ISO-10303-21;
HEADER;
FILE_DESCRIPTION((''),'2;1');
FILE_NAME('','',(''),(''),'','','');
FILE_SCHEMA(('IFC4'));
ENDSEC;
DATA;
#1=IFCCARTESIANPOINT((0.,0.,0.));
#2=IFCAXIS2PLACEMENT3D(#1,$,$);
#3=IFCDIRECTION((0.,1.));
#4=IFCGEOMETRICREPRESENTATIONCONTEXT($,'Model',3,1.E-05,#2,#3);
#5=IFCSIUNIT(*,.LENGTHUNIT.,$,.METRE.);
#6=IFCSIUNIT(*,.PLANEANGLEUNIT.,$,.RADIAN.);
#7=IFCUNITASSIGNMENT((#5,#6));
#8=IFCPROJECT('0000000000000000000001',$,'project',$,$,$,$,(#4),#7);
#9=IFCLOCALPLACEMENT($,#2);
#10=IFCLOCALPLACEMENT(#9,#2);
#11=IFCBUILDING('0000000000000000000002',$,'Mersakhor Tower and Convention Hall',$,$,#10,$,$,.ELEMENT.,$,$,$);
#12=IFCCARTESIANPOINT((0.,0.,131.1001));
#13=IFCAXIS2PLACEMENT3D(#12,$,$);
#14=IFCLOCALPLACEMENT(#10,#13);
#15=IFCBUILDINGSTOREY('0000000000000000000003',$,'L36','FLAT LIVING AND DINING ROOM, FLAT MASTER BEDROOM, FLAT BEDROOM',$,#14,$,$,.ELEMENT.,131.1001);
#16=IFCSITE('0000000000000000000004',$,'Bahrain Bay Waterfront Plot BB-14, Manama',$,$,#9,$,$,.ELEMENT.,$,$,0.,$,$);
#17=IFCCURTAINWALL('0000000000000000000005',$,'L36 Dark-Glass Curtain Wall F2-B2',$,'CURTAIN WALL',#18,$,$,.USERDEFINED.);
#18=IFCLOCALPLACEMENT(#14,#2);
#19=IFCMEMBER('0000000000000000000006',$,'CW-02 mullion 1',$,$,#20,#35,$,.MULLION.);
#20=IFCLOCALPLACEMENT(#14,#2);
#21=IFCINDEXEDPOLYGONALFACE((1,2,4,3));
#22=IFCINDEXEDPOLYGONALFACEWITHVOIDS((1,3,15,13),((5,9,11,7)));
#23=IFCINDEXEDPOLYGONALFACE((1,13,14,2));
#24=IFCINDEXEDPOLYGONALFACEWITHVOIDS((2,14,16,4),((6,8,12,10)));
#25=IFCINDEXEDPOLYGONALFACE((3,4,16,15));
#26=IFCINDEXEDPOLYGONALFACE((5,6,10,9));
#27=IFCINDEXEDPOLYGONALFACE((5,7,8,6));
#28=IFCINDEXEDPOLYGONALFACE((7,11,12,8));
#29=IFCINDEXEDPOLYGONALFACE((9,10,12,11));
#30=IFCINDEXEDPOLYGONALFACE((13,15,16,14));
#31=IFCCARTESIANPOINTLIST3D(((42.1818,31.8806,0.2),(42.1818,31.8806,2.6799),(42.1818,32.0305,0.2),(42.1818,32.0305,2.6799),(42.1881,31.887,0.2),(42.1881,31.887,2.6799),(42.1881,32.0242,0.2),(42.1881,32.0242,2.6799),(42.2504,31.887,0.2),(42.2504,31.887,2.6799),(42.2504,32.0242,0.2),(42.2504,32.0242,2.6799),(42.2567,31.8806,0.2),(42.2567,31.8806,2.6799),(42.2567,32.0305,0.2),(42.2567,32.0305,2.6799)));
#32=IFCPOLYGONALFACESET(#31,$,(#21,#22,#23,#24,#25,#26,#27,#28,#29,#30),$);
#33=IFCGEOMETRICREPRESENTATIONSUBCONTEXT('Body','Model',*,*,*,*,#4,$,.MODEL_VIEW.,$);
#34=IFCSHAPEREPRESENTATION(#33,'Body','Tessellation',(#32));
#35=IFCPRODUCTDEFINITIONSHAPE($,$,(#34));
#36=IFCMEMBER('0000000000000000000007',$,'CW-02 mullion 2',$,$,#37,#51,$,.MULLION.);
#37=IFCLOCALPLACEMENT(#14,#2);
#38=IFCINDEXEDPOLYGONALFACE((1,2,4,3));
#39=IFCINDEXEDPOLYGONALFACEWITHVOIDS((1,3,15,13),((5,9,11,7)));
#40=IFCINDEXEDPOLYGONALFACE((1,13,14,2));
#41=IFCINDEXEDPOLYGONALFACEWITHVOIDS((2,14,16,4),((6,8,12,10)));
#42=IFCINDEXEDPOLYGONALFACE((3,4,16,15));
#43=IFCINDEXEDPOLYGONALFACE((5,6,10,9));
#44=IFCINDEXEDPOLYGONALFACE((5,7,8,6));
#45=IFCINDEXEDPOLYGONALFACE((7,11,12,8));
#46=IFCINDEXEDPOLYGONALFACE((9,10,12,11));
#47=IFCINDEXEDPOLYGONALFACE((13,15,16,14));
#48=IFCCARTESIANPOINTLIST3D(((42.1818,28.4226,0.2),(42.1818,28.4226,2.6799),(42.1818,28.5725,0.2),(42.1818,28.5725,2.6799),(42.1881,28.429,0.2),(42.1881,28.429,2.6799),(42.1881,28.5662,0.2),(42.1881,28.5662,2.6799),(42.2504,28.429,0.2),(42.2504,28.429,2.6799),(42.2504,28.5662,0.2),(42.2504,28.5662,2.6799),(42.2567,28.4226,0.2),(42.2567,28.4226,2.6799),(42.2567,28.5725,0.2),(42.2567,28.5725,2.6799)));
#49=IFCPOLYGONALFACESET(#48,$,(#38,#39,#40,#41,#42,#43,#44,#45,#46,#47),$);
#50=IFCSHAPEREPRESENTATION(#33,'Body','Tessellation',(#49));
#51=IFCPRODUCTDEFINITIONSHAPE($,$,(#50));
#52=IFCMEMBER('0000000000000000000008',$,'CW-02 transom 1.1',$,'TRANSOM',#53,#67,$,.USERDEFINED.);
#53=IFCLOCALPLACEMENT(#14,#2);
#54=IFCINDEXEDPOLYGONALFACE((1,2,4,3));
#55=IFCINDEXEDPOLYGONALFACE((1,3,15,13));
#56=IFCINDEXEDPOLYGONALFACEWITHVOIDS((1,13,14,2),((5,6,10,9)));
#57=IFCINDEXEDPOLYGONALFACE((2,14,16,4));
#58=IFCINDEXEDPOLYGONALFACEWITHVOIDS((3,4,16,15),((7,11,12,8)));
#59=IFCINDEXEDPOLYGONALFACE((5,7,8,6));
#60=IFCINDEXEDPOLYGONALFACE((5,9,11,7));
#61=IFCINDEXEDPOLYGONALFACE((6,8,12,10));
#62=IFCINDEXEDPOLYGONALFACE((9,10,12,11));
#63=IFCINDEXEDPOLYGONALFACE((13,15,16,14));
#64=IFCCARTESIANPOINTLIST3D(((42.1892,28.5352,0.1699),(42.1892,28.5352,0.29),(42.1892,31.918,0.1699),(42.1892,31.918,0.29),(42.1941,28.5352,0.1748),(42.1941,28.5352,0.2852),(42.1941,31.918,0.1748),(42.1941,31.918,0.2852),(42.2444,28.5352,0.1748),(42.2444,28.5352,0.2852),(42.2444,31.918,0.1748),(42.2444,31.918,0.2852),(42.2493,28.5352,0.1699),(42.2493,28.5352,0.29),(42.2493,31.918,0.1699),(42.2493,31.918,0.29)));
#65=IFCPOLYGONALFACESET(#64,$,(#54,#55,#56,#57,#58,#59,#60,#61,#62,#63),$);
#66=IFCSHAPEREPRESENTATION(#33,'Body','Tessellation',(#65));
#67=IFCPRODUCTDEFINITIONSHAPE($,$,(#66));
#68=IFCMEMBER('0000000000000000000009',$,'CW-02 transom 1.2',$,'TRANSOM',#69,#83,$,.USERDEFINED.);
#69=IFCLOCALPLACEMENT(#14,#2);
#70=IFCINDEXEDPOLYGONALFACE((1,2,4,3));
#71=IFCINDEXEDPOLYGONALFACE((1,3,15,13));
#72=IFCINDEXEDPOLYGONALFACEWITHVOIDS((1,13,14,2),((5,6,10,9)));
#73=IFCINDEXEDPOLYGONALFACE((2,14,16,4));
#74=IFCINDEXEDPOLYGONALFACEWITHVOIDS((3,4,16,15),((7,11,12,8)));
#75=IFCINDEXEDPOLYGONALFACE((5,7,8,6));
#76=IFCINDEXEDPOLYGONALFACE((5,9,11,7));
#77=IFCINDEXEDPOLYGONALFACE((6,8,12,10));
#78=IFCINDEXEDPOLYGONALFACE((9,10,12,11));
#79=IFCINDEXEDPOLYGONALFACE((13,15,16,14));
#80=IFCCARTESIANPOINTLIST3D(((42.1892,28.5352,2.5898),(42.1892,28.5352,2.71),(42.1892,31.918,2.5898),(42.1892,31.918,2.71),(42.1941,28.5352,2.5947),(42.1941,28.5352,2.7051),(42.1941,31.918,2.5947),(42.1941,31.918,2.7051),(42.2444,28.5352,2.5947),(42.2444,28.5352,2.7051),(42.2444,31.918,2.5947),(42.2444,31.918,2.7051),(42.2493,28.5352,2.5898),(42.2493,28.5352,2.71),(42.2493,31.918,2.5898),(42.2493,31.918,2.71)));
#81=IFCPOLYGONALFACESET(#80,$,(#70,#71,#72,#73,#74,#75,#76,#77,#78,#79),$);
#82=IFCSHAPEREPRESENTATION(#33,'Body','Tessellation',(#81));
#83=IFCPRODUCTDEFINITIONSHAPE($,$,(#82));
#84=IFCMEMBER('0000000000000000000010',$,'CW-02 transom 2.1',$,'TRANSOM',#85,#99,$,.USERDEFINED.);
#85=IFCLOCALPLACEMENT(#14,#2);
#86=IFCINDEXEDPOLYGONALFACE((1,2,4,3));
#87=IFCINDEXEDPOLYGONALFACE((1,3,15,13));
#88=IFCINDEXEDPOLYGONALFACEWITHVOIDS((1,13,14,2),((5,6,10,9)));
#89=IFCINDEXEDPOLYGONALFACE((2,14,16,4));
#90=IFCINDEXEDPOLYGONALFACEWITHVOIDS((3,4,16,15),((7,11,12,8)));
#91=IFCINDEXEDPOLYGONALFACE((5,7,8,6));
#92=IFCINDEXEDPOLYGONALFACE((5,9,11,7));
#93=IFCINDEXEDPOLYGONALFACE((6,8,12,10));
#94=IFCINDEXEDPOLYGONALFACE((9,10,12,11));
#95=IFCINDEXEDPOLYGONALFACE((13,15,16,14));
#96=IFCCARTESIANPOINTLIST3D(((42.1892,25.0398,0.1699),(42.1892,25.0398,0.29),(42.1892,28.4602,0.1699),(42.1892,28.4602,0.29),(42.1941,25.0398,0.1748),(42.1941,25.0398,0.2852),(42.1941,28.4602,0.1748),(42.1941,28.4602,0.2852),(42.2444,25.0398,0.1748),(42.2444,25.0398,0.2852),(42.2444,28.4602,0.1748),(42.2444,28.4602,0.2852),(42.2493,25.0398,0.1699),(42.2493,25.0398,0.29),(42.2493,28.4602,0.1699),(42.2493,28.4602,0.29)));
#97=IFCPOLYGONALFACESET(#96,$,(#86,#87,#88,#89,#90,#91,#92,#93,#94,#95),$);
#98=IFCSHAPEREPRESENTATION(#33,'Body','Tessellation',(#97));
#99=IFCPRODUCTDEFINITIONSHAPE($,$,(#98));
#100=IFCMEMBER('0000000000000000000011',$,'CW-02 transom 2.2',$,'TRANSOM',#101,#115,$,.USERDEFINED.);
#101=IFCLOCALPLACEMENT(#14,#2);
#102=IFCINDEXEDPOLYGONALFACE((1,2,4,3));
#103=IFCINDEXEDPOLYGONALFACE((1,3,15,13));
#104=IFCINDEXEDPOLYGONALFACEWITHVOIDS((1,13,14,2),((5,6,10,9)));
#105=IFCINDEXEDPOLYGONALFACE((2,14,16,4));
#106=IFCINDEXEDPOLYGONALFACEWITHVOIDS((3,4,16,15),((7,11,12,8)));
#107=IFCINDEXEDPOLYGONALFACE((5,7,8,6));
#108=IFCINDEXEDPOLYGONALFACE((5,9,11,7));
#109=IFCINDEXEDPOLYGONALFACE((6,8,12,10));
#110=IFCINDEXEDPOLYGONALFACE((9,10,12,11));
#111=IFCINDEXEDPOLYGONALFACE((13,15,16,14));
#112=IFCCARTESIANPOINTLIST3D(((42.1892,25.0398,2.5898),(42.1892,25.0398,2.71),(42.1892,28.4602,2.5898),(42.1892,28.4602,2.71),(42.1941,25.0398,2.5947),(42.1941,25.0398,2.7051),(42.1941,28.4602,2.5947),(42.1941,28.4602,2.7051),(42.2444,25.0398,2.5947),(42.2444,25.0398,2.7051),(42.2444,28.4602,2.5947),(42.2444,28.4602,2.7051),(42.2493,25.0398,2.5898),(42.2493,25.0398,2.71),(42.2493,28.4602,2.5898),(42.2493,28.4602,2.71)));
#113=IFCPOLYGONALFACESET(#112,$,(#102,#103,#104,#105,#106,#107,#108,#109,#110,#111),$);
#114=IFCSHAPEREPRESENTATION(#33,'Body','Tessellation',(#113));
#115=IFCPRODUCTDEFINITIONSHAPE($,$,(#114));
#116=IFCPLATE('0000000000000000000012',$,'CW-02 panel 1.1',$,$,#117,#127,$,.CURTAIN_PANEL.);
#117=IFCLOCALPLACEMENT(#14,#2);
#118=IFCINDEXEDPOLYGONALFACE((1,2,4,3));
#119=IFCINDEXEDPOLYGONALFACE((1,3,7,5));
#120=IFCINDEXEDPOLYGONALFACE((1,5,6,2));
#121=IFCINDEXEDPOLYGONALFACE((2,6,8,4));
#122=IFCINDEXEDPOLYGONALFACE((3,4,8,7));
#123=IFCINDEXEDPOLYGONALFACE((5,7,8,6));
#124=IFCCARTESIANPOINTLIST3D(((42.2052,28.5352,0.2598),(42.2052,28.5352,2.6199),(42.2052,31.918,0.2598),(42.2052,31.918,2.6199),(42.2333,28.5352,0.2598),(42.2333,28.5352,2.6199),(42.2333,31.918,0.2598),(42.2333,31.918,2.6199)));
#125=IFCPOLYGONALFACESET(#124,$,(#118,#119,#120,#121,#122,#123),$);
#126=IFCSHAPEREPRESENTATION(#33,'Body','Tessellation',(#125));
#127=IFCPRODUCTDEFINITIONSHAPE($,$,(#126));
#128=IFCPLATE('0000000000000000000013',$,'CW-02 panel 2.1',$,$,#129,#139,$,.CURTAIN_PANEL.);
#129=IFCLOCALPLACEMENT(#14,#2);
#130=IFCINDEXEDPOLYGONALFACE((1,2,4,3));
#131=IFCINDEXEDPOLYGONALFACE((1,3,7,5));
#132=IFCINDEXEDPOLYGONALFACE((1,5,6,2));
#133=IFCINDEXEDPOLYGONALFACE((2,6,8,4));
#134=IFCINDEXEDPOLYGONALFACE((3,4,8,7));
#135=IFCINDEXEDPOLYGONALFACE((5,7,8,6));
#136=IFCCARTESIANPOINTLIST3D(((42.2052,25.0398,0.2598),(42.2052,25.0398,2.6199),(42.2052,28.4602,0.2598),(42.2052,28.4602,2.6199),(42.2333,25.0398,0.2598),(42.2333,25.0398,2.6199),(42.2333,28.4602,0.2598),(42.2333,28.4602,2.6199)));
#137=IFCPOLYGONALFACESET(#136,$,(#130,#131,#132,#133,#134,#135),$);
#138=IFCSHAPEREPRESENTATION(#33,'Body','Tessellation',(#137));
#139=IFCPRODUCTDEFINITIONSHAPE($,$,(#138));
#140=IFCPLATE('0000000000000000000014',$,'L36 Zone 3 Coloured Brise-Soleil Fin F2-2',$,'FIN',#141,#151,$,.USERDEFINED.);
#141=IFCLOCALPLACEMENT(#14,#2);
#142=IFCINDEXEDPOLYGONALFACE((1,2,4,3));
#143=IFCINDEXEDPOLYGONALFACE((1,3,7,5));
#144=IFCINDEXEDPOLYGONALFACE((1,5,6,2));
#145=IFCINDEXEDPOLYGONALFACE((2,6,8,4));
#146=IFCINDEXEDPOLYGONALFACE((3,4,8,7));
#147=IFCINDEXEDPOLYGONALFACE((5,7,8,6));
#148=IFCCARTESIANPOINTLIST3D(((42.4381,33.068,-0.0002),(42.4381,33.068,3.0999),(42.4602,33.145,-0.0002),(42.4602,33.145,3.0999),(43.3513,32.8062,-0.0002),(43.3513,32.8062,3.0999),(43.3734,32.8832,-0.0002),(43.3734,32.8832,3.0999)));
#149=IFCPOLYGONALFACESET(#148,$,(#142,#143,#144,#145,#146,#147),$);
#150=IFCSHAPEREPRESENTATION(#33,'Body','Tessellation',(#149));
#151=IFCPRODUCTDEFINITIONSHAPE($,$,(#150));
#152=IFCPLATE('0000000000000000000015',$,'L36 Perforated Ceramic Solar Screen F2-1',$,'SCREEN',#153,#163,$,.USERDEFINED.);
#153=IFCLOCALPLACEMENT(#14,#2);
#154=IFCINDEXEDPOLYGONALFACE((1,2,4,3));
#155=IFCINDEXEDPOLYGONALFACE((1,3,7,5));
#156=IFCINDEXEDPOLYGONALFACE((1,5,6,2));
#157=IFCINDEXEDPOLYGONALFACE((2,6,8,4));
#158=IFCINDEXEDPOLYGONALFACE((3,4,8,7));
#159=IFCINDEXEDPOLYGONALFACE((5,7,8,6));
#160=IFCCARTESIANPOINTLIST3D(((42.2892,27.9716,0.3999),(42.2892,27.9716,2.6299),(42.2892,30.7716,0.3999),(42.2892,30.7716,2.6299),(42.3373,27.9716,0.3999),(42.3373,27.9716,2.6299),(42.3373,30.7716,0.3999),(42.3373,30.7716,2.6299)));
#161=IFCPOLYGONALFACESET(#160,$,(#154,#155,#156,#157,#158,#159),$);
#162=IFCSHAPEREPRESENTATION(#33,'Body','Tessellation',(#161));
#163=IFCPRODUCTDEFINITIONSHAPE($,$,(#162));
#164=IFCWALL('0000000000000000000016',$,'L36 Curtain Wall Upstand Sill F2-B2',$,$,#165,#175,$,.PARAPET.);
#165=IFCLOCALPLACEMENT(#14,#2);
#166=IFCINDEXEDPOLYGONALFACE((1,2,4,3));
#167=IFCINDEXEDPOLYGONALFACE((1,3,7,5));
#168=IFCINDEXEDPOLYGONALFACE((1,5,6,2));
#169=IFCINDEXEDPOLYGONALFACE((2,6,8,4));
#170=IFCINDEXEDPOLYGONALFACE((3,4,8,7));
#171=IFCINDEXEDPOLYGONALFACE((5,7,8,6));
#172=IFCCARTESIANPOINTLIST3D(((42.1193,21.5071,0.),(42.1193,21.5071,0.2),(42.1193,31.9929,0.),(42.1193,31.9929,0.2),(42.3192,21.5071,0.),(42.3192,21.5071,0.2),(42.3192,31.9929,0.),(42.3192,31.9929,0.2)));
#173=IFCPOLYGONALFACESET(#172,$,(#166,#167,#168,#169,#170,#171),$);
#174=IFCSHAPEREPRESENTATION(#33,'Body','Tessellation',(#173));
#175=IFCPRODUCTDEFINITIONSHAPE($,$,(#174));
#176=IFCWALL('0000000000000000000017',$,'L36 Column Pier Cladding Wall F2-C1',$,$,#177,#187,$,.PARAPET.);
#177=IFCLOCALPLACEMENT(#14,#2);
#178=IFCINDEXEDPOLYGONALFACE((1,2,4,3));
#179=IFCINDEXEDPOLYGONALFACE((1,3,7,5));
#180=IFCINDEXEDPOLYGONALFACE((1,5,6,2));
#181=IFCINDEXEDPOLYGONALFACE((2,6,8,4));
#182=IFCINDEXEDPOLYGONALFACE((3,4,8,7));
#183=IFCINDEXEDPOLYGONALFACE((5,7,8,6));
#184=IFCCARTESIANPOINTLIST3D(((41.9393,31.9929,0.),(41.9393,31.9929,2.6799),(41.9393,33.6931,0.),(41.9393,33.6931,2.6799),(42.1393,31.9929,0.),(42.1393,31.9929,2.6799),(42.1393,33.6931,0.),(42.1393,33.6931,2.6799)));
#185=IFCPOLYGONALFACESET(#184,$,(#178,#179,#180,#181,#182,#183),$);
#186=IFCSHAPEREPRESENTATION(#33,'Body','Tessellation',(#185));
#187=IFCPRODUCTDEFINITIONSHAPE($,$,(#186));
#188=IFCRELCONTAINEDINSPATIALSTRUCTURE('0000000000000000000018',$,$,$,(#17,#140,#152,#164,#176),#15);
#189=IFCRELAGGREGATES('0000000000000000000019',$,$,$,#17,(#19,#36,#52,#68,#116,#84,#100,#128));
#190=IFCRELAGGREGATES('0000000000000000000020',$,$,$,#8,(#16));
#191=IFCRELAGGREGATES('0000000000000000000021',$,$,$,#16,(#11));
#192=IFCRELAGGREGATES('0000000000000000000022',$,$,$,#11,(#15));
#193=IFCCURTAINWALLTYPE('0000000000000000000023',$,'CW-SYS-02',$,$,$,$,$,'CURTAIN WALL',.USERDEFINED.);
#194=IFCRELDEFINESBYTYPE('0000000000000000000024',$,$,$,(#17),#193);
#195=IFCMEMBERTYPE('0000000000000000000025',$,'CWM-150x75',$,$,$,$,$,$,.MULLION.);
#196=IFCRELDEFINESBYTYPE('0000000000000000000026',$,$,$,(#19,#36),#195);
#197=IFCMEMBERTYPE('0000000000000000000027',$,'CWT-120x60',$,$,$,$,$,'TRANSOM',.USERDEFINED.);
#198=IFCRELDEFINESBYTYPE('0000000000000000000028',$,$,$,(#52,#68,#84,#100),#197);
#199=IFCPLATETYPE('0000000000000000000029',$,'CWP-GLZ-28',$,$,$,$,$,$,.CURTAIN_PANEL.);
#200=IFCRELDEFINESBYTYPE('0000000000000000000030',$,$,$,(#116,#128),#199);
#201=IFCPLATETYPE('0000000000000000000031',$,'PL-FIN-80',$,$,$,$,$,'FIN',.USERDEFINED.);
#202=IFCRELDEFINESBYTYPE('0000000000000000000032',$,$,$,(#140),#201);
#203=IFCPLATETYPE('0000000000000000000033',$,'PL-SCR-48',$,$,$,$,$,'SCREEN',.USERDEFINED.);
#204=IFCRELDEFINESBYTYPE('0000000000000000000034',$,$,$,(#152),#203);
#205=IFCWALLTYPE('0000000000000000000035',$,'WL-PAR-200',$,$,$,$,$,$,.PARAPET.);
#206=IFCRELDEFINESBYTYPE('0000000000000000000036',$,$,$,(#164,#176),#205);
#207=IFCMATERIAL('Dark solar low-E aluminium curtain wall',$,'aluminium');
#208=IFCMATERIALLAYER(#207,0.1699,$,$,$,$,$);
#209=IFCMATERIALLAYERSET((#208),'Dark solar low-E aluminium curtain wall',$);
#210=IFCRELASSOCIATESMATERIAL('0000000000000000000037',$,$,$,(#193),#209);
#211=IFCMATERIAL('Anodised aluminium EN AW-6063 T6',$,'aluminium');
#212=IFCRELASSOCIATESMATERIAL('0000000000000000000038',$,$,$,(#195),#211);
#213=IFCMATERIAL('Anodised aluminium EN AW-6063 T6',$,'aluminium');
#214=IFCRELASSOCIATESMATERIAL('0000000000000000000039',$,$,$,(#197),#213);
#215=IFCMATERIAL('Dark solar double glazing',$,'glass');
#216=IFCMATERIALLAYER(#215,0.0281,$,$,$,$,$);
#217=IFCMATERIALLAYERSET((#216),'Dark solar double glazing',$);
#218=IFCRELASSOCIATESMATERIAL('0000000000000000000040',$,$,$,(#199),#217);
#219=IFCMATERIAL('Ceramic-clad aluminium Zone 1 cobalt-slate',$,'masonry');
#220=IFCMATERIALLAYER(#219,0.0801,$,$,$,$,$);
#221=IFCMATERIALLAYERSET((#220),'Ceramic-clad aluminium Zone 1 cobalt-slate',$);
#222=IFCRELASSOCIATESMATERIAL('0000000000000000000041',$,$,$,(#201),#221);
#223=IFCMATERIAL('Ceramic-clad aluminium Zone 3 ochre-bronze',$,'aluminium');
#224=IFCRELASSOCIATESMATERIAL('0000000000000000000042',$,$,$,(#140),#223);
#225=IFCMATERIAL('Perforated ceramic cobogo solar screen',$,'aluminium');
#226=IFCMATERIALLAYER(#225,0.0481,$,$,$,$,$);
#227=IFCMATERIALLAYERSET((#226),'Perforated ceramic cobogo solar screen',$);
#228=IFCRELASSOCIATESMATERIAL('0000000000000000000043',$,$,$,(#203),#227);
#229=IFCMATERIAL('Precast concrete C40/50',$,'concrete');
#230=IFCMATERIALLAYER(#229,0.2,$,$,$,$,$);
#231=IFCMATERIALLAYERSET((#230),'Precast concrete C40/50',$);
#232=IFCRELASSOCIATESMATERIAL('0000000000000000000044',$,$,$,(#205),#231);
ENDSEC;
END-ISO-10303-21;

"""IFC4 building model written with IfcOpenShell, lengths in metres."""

from ifc_helpers import new_model, si_unit, direction, frame, frame_2d, origin, origin_2d, place, context, subcontext, project, spatial, rectangle, hollow_rectangle, extrude, material, layer, layer_set, material_profile, profile_set, type_object, element, aggregate, save


model = new_model("IFC4")

# Units and contexts
model_context = context("Model", 3, precision=1e-05, world=origin(), true_north=direction((0.0, 1.0)))
body_context = subcontext(model_context, "Body", "Model", "MODEL_VIEW")
ifc_project = project(units=[si_unit("LENGTHUNIT", "METRE"), si_unit("PLANEANGLEUNIT", "RADIAN")], contexts=[model_context])

# Site, building, storey
site_placement = place(None, origin())
site = spatial("IfcSite", under=ifc_project, at=site_placement, Name="Bahrain Bay Waterfront Plot BB-14, Manama", CompositionType="ELEMENT", RefElevation=0.0)
building_placement = place(site_placement, origin())
building = spatial("IfcBuilding", under=site, at=building_placement, Name="Mersakhor Tower and Convention Hall", CompositionType="ELEMENT")
storey_placement = place(building_placement, frame((0.0, 0.0, 131.1001)))
storey = spatial("IfcBuildingStorey", under=building, at=storey_placement, Name="L36", Description="FLAT LIVING AND DINING ROOM, FLAT MASTER BEDROOM, FLAT BEDROOM", CompositionType="ELEMENT", Elevation=131.1001)

# Curtain wall, members, plates
ifc_material_1 = material(Name="Dark solar low-E aluminium curtain wall", Category="aluminium")
ifc_layer_1 = layer(ifc_material_1, 0.1699)
ifc_layer_set_1 = layer_set([ifc_layer_1], Name="Dark solar low-E aluminium curtain wall")
curtain_wall_type = type_object("IfcCurtainWallType", Name="CW-SYS-02", ElementType="CURTAIN WALL", PredefinedType="USERDEFINED", material=ifc_layer_set_1)
curtain_wall_placement = place(storey_placement, origin())
curtain_wall = element("IfcCurtainWall", 1, at=curtain_wall_placement, inside=storey, type_object=curtain_wall_type, Name="L36 Dark-Glass Curtain Wall F2-B2", ObjectType="CURTAIN WALL", PredefinedType="USERDEFINED")
ifc_material_2 = material(Name="Anodised aluminium EN AW-6063 T6", Category="aluminium")
ifc_material_profile_1 = material_profile(ifc_material_2, hollow_rectangle(XDim=0.075, YDim=0.1499, WallThickness=0.0063, at=origin_2d()), Name="RHS 150x75x6.3")
ifc_profile_set_1 = profile_set([ifc_material_profile_1], Name="Anodised aluminium EN AW-6063 T6")
member_type_1 = type_object("IfcMemberType", Name="CWM-150x75", PredefinedType="MULLION", material=ifc_profile_set_1)
member_1_placement = place(storey_placement, frame((42.2192, 31.9556, 0.2), z_axis=(0.0, 0.0, 1.0), x_axis=(1.0, 0.0, 0.0)))
member_1 = element("IfcMember", 2, at=member_1_placement, type_object=member_type_1, Name="CW-02 mullion 1", PredefinedType="MULLION", context=body_context, shape_type="SweptSolid", body=[
    extrude(hollow_rectangle(XDim=0.075, YDim=0.1499, WallThickness=0.0063, at=origin_2d()), origin(), (0.0, 0.0, 1.0), 2.48),
])
member_2_placement = place(storey_placement, frame((42.2192, 28.4976, 0.2), z_axis=(0.0, 0.0, 1.0), x_axis=(1.0, 0.0, 0.0)))
member_2 = element("IfcMember", 3, at=member_2_placement, type_object=member_type_1, Name="CW-02 mullion 2", PredefinedType="MULLION", context=body_context, shape_type="SweptSolid", body=[
    extrude(hollow_rectangle(XDim=0.075, YDim=0.1499, WallThickness=0.0063, at=origin_2d()), origin(), (0.0, 0.0, 1.0), 2.48),
])
ifc_material_3 = material(Name="Anodised aluminium EN AW-6063 T6", Category="aluminium")
ifc_material_profile_2 = material_profile(ifc_material_3, hollow_rectangle(XDim=0.0601, YDim=0.1201, WallThickness=0.0049, at=origin_2d()), Name="RHS 120x60x5")
ifc_profile_set_2 = profile_set([ifc_material_profile_2], Name="Anodised aluminium EN AW-6063 T6")
member_type_2 = type_object("IfcMemberType", Name="CWT-120x60", ElementType="TRANSOM", PredefinedType="USERDEFINED", material=ifc_profile_set_2)
member_3_placement = place(storey_placement, frame((42.2192, 31.918, 0.23), z_axis=(0.0, -1.0, 0.0), x_axis=(1.0, 0.0, 0.0)))
member_3 = element("IfcMember", 4, at=member_3_placement, type_object=member_type_2, Name="CW-02 transom 1.1", ObjectType="TRANSOM", PredefinedType="USERDEFINED", context=body_context, shape_type="SweptSolid", body=[
    extrude(hollow_rectangle(XDim=0.0601, YDim=0.1201, WallThickness=0.0049, at=origin_2d()), origin(), (0.0, 0.0, 1.0), 3.3828),
])
member_4_placement = place(storey_placement, frame((42.2192, 31.918, 2.6499), z_axis=(0.0, -1.0, 0.0), x_axis=(1.0, 0.0, 0.0)))
member_4 = element("IfcMember", 5, at=member_4_placement, type_object=member_type_2, Name="CW-02 transom 1.2", ObjectType="TRANSOM", PredefinedType="USERDEFINED", context=body_context, shape_type="SweptSolid", body=[
    extrude(hollow_rectangle(XDim=0.0601, YDim=0.1201, WallThickness=0.0049, at=origin_2d()), origin(), (0.0, 0.0, 1.0), 3.3828),
])
member_5_placement = place(storey_placement, frame((42.2192, 28.4602, 0.23), z_axis=(0.0, -1.0, 0.0), x_axis=(1.0, 0.0, 0.0)))
member_5 = element("IfcMember", 6, at=member_5_placement, type_object=member_type_2, Name="CW-02 transom 2.1", ObjectType="TRANSOM", PredefinedType="USERDEFINED", context=body_context, shape_type="SweptSolid", body=[
    extrude(hollow_rectangle(XDim=0.0601, YDim=0.1201, WallThickness=0.0049, at=origin_2d()), origin(), (0.0, 0.0, 1.0), 3.4204),
])
member_6_placement = place(storey_placement, frame((42.2192, 28.4602, 2.6499), z_axis=(0.0, -1.0, 0.0), x_axis=(1.0, 0.0, 0.0)))
member_6 = element("IfcMember", 7, at=member_6_placement, type_object=member_type_2, Name="CW-02 transom 2.2", ObjectType="TRANSOM", PredefinedType="USERDEFINED", context=body_context, shape_type="SweptSolid", body=[
    extrude(hollow_rectangle(XDim=0.0601, YDim=0.1201, WallThickness=0.0049, at=origin_2d()), origin(), (0.0, 0.0, 1.0), 3.4204),
])
ifc_material_4 = material(Name="Dark solar double glazing", Category="glass")
ifc_layer_2 = layer(ifc_material_4, 0.0281)
ifc_layer_set_2 = layer_set([ifc_layer_2], Name="Dark solar double glazing")
plate_type_1 = type_object("IfcPlateType", Name="CWP-GLZ-28", PredefinedType="CURTAIN_PANEL", material=ifc_layer_set_2)
plate_1_placement = place(storey_placement, frame((42.2192, 30.2266, 0.2598), z_axis=(0.0, 0.0, 1.0), x_axis=(0.0, -1.0, 0.0)))
plate_1 = element("IfcPlate", 8, at=plate_1_placement, type_object=plate_type_1, Name="CW-02 panel 1.1", PredefinedType="CURTAIN_PANEL", context=body_context, shape_type="SweptSolid", body=[
    extrude(rectangle(XDim=3.3828, YDim=0.0281, at=origin_2d()), origin(), (0.0, 0.0, 1.0), 2.3601),
])
plate_2_placement = place(storey_placement, frame((42.2192, 26.75, 0.2598), z_axis=(0.0, 0.0, 1.0), x_axis=(0.0, -1.0, 0.0)))
plate_2 = element("IfcPlate", 9, at=plate_2_placement, type_object=plate_type_1, Name="CW-02 panel 2.1", PredefinedType="CURTAIN_PANEL", context=body_context, shape_type="SweptSolid", body=[
    extrude(rectangle(XDim=3.4204, YDim=0.0281, at=origin_2d()), origin(), (0.0, 0.0, 1.0), 2.3601),
])
aggregate(curtain_wall, [member_1, member_2, member_3, member_4, plate_1, member_5, member_6, plate_2])

# Plates
ifc_material_5 = material(Name="Ceramic-clad aluminium Zone 3 ochre-bronze", Category="aluminium")
ifc_material_6 = material(Name="Ceramic-clad aluminium Zone 1 cobalt-slate", Category="masonry")
ifc_layer_3 = layer(ifc_material_6, 0.0801)
ifc_layer_set_3 = layer_set([ifc_layer_3], Name="Ceramic-clad aluminium Zone 1 cobalt-slate")
plate_type_2 = type_object("IfcPlateType", Name="PL-FIN-80", ElementType="FIN", PredefinedType="USERDEFINED", material=ifc_layer_set_3)
plate_3_placement = place(storey_placement, frame((42.9058, 32.9756, -0.0002), z_axis=(0.0, 0.0, 1.0), x_axis=(0.961262, -0.275637, 0.0)))
element("IfcPlate", 10, at=plate_3_placement, inside=storey, type_object=plate_type_2, material=ifc_material_5, Name="L36 Zone 3 Coloured Brise-Soleil Fin F2-2", ObjectType="FIN", PredefinedType="USERDEFINED", context=body_context, shape_type="SweptSolid", body=[
    extrude(rectangle(XDim=0.95, YDim=0.0801, at=origin_2d()), origin(), (0.0, 0.0, 1.0), 3.1001),
])
ifc_material_7 = material(Name="Perforated ceramic cobogo solar screen", Category="aluminium")
ifc_layer_4 = layer(ifc_material_7, 0.0481)
ifc_layer_set_4 = layer_set([ifc_layer_4], Name="Perforated ceramic cobogo solar screen")
plate_type_3 = type_object("IfcPlateType", Name="PL-SCR-48", ElementType="SCREEN", PredefinedType="USERDEFINED", material=ifc_layer_set_4)
plate_4_placement = place(storey_placement, frame((42.3132, 29.3716, 0.3999), z_axis=(0.0, 0.0, 1.0), x_axis=(0.0, -1.0, 0.0)))
element("IfcPlate", 11, at=plate_4_placement, inside=storey, type_object=plate_type_3, Name="L36 Perforated Ceramic Solar Screen F2-1", ObjectType="SCREEN", PredefinedType="USERDEFINED", context=body_context, shape_type="SweptSolid", body=[
    extrude(rectangle(XDim=2.8, YDim=0.0481, at=origin_2d()), origin(), (0.0, 0.0, 1.0), 2.23),
])

# Walls
ifc_material_8 = material(Name="Precast concrete C40/50", Category="concrete")
ifc_layer_5 = layer(ifc_material_8, 0.2)
ifc_layer_set_5 = layer_set([ifc_layer_5], Name="Precast concrete C40/50")
wall_type_1 = type_object("IfcWallType", Name="WL-PAR-200", PredefinedType="PARAPET", material=ifc_layer_set_5)
wall_1_placement = place(storey_placement, frame((42.2192, 31.9929, 0.0), z_axis=(0.0, 0.0, 1.0), x_axis=(0.0, -1.0, 0.0)))
element("IfcWall", 12, at=wall_1_placement, inside=storey, type_object=wall_type_1, Name="L36 Curtain Wall Upstand Sill F2-B2", PredefinedType="PARAPET", context=body_context, shape_type="SweptSolid", body=[
    extrude(rectangle(XDim=10.4858, YDim=0.2, at=frame_2d((5.2429, 0.0))), origin(), (0.0, 0.0, 1.0), 0.2),
])
wall_2_placement = place(storey_placement, frame((42.0393, 33.6931, 0.0), z_axis=(0.0, 0.0, 1.0), x_axis=(0.0, -1.0, 0.0)))
element("IfcWall", 13, at=wall_2_placement, inside=storey, type_object=wall_type_1, Name="L36 Column Pier Cladding Wall F2-C1", PredefinedType="PARAPET", context=body_context, shape_type="SweptSolid", body=[
    extrude(rectangle(XDim=1.7002, YDim=0.2, at=frame_2d((0.8501, 0.0))), origin(), (0.0, 0.0, 1.0), 2.6799),
])

save(model, "model.ifc")
